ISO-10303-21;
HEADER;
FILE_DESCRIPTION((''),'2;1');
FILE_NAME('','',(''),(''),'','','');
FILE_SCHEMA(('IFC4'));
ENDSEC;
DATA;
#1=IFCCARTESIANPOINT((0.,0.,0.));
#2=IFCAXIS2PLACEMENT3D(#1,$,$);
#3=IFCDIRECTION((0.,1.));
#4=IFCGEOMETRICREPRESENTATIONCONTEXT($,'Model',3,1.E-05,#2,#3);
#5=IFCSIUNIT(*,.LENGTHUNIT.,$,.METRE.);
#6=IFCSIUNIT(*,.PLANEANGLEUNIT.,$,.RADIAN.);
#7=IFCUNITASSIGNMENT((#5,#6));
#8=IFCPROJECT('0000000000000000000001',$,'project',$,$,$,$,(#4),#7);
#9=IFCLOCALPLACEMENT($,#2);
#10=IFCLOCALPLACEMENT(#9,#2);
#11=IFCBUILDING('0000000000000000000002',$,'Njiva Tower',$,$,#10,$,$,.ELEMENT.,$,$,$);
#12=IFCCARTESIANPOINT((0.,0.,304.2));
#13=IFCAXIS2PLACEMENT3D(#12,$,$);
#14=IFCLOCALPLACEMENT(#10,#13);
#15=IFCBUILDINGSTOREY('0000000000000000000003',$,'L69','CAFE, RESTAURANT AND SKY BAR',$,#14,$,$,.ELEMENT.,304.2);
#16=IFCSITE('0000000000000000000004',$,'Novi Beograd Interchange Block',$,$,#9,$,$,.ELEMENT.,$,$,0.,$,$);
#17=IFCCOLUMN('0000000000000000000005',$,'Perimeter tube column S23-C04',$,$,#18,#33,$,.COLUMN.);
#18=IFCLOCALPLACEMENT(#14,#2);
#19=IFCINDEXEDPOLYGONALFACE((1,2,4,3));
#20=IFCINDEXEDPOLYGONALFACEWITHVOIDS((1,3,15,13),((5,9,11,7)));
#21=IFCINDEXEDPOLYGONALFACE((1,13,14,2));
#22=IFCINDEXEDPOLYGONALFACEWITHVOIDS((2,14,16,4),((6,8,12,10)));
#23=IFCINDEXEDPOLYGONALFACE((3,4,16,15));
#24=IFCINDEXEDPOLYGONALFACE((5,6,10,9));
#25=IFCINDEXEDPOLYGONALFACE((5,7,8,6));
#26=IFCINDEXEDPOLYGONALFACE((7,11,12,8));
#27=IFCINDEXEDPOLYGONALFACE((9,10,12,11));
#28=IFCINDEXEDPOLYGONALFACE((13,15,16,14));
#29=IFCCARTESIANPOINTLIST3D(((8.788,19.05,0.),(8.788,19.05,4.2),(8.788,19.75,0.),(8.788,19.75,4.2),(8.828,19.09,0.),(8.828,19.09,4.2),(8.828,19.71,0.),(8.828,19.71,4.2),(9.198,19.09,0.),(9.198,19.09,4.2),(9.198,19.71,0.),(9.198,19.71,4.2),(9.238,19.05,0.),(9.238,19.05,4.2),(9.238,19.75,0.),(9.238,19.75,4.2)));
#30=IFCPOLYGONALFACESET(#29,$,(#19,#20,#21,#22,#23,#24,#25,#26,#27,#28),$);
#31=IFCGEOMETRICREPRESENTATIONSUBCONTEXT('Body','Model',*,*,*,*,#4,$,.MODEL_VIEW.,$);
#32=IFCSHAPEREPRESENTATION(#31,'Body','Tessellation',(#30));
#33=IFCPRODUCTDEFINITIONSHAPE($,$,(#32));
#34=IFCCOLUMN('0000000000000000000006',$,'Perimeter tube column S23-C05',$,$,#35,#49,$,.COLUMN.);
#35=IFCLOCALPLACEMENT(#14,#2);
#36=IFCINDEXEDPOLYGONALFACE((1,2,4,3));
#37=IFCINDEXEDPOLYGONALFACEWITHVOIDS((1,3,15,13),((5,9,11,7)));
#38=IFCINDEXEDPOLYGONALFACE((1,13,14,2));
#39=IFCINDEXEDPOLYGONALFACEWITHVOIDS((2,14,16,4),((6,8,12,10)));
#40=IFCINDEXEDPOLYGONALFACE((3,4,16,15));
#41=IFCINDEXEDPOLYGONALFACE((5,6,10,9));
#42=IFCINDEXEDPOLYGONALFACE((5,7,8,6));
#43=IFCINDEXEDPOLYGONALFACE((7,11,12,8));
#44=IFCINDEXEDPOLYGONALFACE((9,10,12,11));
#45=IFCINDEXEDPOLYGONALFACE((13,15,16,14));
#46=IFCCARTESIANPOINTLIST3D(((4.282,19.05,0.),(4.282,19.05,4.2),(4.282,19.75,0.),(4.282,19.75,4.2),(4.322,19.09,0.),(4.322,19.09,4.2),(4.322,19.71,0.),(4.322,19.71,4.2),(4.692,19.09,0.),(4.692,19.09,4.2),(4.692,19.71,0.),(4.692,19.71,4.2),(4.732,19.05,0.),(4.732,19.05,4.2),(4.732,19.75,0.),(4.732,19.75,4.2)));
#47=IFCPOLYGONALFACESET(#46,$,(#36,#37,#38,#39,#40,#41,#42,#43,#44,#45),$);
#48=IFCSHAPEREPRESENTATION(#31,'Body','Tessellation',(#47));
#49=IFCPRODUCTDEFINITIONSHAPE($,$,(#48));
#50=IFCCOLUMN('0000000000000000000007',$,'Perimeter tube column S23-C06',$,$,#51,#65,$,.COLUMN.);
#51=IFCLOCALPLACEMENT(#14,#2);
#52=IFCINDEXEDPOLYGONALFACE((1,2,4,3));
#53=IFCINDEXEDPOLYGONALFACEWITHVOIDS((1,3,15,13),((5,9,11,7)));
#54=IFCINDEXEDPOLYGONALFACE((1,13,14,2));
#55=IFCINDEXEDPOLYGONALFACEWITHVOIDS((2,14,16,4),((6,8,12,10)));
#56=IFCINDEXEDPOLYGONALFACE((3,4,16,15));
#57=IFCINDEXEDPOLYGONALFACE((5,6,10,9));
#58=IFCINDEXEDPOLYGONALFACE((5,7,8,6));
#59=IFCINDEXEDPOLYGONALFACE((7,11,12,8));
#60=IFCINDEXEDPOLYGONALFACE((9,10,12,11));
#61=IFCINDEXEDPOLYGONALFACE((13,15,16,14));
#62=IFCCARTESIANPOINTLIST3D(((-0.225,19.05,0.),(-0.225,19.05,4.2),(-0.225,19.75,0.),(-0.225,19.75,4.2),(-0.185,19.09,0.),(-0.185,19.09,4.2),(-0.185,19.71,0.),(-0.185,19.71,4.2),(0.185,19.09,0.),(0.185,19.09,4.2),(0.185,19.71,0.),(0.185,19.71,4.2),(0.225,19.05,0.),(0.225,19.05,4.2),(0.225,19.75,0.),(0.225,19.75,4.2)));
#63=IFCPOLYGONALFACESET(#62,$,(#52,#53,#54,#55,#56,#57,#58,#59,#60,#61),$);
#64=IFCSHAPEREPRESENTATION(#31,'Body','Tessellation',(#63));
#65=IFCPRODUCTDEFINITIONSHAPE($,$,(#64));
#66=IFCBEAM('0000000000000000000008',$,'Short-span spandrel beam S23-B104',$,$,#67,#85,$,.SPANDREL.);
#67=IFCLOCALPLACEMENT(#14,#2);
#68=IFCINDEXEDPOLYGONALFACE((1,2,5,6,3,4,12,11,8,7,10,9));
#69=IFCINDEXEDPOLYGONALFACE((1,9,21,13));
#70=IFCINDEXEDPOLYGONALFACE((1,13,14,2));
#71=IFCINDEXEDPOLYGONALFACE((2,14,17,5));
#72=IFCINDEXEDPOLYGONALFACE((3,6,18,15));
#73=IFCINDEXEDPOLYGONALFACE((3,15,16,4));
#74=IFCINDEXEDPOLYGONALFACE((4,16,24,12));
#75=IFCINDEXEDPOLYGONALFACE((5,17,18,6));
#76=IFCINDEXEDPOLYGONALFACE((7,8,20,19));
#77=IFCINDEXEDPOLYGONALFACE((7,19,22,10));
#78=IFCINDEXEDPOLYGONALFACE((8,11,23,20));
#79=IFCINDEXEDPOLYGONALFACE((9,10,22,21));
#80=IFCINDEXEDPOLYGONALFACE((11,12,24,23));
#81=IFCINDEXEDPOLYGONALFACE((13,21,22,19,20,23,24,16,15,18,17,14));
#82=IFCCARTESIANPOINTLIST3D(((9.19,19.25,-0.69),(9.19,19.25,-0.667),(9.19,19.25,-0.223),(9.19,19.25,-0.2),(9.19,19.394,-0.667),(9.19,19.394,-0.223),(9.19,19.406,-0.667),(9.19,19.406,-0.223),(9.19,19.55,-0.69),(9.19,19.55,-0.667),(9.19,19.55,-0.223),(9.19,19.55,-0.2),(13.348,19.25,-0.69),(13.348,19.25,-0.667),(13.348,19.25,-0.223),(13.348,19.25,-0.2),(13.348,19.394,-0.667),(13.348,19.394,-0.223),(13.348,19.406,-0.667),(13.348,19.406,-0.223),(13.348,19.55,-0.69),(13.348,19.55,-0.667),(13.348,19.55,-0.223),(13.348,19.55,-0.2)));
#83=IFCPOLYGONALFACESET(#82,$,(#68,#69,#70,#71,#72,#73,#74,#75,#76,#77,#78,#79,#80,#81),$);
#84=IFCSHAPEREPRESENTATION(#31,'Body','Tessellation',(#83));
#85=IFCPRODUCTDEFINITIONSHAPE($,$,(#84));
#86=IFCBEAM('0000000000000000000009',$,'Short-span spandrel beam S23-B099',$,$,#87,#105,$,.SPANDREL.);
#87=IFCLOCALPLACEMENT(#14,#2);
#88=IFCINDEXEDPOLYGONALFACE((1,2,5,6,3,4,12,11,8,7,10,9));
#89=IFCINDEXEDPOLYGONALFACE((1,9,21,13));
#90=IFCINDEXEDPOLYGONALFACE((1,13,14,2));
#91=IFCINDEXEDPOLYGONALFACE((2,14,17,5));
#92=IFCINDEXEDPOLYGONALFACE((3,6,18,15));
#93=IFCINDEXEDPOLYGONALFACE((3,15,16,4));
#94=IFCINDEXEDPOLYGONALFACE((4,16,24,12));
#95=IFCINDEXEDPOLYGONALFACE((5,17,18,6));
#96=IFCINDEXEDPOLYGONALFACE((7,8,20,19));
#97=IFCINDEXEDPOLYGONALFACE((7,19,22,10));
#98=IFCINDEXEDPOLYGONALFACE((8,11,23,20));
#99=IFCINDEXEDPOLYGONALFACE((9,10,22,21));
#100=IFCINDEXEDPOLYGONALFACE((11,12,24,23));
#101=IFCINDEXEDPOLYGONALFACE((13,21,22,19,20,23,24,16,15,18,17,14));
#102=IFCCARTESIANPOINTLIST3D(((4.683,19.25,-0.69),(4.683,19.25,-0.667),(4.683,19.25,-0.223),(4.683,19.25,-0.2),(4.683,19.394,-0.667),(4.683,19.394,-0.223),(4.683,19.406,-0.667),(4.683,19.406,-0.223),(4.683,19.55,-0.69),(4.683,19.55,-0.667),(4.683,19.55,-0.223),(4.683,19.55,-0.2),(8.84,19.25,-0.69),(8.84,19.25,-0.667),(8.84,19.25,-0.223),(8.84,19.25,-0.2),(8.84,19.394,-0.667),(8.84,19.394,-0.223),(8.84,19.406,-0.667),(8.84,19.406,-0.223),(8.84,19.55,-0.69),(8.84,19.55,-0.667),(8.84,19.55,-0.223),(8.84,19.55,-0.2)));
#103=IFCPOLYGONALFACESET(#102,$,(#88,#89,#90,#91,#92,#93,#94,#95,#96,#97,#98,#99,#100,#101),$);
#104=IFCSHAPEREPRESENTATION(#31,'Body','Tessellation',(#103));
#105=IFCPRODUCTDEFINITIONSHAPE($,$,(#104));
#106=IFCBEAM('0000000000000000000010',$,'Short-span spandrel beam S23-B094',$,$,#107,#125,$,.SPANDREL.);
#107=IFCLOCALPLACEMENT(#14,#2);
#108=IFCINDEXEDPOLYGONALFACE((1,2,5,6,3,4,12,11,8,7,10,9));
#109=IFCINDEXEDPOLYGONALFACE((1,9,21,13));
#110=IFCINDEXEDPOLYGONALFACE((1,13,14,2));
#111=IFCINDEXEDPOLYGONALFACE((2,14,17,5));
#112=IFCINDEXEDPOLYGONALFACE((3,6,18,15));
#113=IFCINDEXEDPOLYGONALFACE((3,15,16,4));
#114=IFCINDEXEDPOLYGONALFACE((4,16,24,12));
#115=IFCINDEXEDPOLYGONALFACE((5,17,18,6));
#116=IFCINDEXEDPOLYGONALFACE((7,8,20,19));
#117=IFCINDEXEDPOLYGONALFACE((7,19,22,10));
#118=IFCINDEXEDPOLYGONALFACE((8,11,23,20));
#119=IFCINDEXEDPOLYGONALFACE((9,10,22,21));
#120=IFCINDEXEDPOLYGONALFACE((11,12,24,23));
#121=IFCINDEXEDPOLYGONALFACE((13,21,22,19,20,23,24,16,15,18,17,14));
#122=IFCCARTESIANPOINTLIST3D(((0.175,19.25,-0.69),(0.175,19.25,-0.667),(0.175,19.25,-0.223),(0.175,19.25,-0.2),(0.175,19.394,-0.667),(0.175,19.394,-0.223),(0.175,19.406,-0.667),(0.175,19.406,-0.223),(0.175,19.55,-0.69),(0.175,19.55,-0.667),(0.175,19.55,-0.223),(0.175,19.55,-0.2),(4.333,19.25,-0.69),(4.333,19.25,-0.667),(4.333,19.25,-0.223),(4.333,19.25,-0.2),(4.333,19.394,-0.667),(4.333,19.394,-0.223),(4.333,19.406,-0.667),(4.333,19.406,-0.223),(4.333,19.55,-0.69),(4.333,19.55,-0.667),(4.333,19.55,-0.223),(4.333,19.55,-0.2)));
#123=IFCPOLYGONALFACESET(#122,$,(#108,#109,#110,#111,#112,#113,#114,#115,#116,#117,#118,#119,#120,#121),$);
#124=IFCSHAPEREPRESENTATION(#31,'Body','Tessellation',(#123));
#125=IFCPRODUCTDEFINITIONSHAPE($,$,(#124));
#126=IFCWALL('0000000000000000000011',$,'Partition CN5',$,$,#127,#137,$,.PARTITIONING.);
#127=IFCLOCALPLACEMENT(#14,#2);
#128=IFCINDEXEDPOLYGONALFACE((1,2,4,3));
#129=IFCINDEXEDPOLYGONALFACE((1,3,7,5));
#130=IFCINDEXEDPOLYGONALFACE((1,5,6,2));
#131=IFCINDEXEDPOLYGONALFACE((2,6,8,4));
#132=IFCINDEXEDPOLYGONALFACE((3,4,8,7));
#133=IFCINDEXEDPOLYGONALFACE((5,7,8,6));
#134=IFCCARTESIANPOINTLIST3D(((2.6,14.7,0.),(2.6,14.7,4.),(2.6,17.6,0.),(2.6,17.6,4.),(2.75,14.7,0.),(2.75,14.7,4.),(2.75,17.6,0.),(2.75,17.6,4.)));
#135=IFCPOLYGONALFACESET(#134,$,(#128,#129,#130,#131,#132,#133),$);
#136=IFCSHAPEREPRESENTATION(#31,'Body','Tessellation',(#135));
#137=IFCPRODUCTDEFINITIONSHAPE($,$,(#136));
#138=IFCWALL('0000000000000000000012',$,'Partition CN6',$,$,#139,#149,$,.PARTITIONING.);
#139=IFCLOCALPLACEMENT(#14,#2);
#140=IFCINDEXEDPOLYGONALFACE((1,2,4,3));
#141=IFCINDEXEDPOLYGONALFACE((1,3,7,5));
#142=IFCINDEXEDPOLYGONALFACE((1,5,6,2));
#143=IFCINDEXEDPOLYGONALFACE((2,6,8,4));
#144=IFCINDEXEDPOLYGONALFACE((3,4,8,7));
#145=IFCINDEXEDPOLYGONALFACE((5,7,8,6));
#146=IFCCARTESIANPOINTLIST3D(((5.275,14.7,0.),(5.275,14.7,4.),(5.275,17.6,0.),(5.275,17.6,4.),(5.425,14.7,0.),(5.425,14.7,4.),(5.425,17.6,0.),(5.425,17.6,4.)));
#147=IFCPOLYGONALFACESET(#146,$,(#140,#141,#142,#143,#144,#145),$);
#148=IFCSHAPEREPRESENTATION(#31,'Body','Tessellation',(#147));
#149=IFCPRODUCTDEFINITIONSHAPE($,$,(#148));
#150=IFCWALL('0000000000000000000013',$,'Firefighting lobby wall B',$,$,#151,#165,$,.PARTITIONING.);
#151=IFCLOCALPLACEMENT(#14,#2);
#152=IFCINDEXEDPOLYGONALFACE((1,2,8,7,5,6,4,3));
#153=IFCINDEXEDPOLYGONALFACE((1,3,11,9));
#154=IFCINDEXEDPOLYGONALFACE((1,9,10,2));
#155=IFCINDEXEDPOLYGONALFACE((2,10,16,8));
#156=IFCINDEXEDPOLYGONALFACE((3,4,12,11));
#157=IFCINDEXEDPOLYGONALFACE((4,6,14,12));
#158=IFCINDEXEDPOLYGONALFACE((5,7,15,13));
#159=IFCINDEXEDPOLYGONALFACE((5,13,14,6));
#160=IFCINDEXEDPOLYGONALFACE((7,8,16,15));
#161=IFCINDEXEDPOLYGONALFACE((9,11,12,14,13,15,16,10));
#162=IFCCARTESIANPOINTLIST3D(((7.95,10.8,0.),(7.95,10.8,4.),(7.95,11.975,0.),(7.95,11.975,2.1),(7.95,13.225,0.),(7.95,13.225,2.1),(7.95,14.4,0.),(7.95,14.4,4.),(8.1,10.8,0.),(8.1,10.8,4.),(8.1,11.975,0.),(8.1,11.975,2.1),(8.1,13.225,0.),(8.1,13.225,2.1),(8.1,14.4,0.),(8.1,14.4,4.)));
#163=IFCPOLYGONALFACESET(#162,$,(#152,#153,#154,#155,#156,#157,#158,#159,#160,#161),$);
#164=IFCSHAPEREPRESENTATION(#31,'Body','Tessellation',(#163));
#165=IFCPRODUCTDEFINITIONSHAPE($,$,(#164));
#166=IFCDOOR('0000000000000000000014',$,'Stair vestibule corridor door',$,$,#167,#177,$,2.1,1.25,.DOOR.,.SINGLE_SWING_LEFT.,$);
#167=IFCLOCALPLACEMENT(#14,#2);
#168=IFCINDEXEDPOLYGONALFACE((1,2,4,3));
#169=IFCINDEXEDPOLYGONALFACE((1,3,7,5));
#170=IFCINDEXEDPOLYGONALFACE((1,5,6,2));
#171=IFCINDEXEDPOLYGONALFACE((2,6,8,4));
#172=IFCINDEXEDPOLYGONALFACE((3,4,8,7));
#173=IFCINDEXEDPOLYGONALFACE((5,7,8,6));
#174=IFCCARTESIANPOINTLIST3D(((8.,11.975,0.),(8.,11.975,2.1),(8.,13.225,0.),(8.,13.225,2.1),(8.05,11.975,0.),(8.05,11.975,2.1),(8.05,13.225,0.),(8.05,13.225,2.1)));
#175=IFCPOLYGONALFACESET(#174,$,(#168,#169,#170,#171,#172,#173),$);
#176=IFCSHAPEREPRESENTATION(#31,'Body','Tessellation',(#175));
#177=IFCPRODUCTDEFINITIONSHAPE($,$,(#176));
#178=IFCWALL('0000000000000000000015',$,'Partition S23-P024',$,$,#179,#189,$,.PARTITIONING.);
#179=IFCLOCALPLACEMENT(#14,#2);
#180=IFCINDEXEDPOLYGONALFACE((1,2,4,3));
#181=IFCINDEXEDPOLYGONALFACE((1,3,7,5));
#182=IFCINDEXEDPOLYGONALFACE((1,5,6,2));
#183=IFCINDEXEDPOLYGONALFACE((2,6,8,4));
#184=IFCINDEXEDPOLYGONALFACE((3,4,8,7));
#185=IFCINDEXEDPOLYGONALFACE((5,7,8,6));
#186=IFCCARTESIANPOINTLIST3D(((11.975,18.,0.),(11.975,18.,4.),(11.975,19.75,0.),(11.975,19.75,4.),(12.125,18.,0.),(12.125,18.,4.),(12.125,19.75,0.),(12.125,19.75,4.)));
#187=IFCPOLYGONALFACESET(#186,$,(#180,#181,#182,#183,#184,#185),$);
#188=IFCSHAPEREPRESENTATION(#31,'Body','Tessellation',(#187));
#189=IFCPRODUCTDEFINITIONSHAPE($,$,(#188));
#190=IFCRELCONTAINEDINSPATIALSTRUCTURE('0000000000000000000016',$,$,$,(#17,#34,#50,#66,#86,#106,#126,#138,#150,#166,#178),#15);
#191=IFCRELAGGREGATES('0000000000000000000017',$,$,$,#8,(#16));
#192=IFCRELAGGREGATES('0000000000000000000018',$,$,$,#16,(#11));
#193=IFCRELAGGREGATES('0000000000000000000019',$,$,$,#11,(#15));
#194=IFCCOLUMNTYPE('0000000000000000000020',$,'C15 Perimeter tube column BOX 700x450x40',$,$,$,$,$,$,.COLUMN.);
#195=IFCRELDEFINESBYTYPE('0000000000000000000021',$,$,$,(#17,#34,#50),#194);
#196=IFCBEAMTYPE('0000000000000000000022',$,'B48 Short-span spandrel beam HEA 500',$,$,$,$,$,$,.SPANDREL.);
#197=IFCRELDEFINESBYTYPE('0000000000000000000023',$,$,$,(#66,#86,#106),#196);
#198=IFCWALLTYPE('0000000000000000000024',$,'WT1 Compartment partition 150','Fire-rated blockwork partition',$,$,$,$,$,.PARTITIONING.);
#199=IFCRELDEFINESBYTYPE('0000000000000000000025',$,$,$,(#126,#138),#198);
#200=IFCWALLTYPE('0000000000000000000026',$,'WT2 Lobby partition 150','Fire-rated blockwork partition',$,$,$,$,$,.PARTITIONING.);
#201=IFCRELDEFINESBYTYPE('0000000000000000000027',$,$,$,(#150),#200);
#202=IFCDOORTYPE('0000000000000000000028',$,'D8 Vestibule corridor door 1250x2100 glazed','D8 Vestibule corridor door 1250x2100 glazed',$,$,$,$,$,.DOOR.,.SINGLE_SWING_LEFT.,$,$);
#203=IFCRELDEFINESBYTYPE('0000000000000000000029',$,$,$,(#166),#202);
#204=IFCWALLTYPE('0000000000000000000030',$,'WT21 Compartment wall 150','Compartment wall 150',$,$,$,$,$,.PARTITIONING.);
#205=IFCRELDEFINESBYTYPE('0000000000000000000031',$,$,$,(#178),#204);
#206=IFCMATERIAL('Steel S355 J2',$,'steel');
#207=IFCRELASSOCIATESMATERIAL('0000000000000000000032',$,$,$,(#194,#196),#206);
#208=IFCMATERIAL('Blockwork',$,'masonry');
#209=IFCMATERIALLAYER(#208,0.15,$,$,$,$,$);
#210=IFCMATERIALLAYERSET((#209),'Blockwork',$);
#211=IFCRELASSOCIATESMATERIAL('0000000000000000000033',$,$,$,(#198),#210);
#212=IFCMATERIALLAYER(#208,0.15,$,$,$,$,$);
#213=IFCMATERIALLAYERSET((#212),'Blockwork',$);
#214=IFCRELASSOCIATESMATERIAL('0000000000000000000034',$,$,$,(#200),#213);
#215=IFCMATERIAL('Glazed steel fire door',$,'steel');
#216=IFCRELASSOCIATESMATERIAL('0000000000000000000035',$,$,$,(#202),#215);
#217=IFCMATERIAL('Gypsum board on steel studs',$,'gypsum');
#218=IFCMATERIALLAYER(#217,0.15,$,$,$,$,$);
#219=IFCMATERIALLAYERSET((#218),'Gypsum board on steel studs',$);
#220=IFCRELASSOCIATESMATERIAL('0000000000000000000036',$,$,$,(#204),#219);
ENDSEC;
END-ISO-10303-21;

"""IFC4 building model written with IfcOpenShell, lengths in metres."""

from ifc_helpers import new_model, si_unit, direction, frame, frame_2d, origin, origin_2d, place, context, subcontext, project, spatial, rectangle, hollow_rectangle, i_section, extrude, material, layer, layer_set, material_profile, profile_set, type_object, element, fill, save


model = new_model("IFC4")

# Units and contexts
model_context = context("Model", 3, precision=1e-05, world=origin(), true_north=direction((0.0, 1.0)))
body_context = subcontext(model_context, "Body", "Model", "MODEL_VIEW")
ifc_project = project(units=[si_unit("LENGTHUNIT", "METRE"), si_unit("PLANEANGLEUNIT", "RADIAN")], contexts=[model_context])

# Site, building, storey
site_placement = place(None, origin())
site = spatial("IfcSite", under=ifc_project, at=site_placement, Name="Novi Beograd Interchange Block", CompositionType="ELEMENT", RefElevation=0.0)
building_placement = place(site_placement, origin())
building = spatial("IfcBuilding", under=site, at=building_placement, Name="Njiva Tower", CompositionType="ELEMENT")
storey_placement = place(building_placement, frame((0.0, 0.0, 304.2)))
storey = spatial("IfcBuildingStorey", under=building, at=storey_placement, Name="L69", Description="CAFE, RESTAURANT AND SKY BAR", CompositionType="ELEMENT", Elevation=304.2)

# Columns
ifc_material_1 = material(Name="Steel S355 J2", Category="steel")
ifc_material_profile_1 = material_profile(ifc_material_1, hollow_rectangle(XDim=0.45, YDim=0.7, WallThickness=0.04, at=origin_2d()), Name="BOX 700x450x40")
ifc_profile_set_1 = profile_set([ifc_material_profile_1], Name="Steel S355 J2")
column_type = type_object("IfcColumnType", Name="C15 Perimeter tube column BOX 700x450x40", PredefinedType="COLUMN", material=ifc_profile_set_1)
for number, where, z_axis, x_axis, name in (
    (1, (9.013, 19.4, 0.0), (0.0, 0.0, 1.0), (-1.0, 0.0, 0.0), "Perimeter tube column S23-C04"),
    (2, (4.507, 19.4, 0.0), (0.0, 0.0, 1.0), (-1.0, 0.0, 0.0), "Perimeter tube column S23-C05"),
    (3, (0.0, 19.4, 0.0), (0.0, 0.0, 1.0), (-1.0, 0.0, 0.0), "Perimeter tube column S23-C06"),
):
    element("IfcColumn", number, at=place(storey_placement, frame(where, z_axis=z_axis, x_axis=x_axis)), inside=storey, type_object=column_type, Name=name, PredefinedType="COLUMN", context=body_context, shape_type="SweptSolid", body=[
        extrude(hollow_rectangle(XDim=0.45, YDim=0.7, WallThickness=0.04, at=origin_2d()), origin(), (0.0, 0.0, 1.0), 4.2),
    ])

# Beams
ifc_material_profile_2 = material_profile(ifc_material_1, i_section(OverallWidth=0.3, OverallDepth=0.49, WebThickness=0.012, FlangeThickness=0.023, at=origin_2d()), Name="HEA 500")
ifc_profile_set_2 = profile_set([ifc_material_profile_2], Name="Steel S355 J2")
beam_type = type_object("IfcBeamType", Name="B48 Short-span spandrel beam HEA 500", PredefinedType="SPANDREL", material=ifc_profile_set_2)
beam_1_placement = place(storey_placement, frame((13.348, 19.4, -0.445), z_axis=(-1.0, 0.0, 0.0), x_axis=(0.0, -1.0, 0.0)))
element("IfcBeam", 4, at=beam_1_placement, inside=storey, type_object=beam_type, Name="Short-span spandrel beam S23-B104", PredefinedType="SPANDREL", context=body_context, shape_type="SweptSolid", body=[
    extrude(i_section(OverallWidth=0.3, OverallDepth=0.49, WebThickness=0.012, FlangeThickness=0.023, at=origin_2d()), origin(), (0.0, 0.0, 1.0), 4.158),
])
beam_2_placement = place(storey_placement, frame((8.84, 19.4, -0.445), z_axis=(-1.0, 0.0, 0.0), x_axis=(0.0, -1.0, 0.0)))
element("IfcBeam", 5, at=beam_2_placement, inside=storey, type_object=beam_type, Name="Short-span spandrel beam S23-B099", PredefinedType="SPANDREL", context=body_context, shape_type="SweptSolid", body=[
    extrude(i_section(OverallWidth=0.3, OverallDepth=0.49, WebThickness=0.012, FlangeThickness=0.023, at=origin_2d()), origin(), (0.0, 0.0, 1.0), 4.157),
])
beam_3_placement = place(storey_placement, frame((4.333, 19.4, -0.445), z_axis=(-1.0, 0.0, 0.0), x_axis=(0.0, -1.0, 0.0)))
element("IfcBeam", 6, at=beam_3_placement, inside=storey, type_object=beam_type, Name="Short-span spandrel beam S23-B094", PredefinedType="SPANDREL", context=body_context, shape_type="SweptSolid", body=[
    extrude(i_section(OverallWidth=0.3, OverallDepth=0.49, WebThickness=0.012, FlangeThickness=0.023, at=origin_2d()), origin(), (0.0, 0.0, 1.0), 4.158),
])

# Walls
ifc_material_2 = material(Name="Blockwork", Category="masonry")
ifc_layer_1 = layer(ifc_material_2, 0.15)
ifc_layer_set_1 = layer_set([ifc_layer_1], Name="Blockwork")
wall_type_1 = type_object("IfcWallType", Name="WT1 Compartment partition 150", Description="Fire-rated blockwork partition", PredefinedType="PARTITIONING", material=ifc_layer_set_1)
for number, where, z_axis, x_axis, name in (
    (7, (2.675, 14.7, 0.0), (0.0, 0.0, 1.0), (0.0, 1.0, 0.0), "Partition CN5"),
    (8, (5.35, 14.7, 0.0), (0.0, 0.0, 1.0), (0.0, 1.0, 0.0), "Partition CN6"),
):
    element("IfcWall", number, at=place(storey_placement, frame(where, z_axis=z_axis, x_axis=x_axis)), inside=storey, type_object=wall_type_1, Name=name, PredefinedType="PARTITIONING", context=body_context, shape_type="SweptSolid", body=[
        extrude(rectangle(XDim=2.9, YDim=0.15, at=frame_2d((1.45, 0.0))), origin(), (0.0, 0.0, 1.0), 4.0),
    ])

# Wall, opening, door
ifc_layer_2 = layer(ifc_material_2, 0.15)
ifc_layer_set_2 = layer_set([ifc_layer_2], Name="Blockwork")
wall_type_2 = type_object("IfcWallType", Name="WT2 Lobby partition 150", Description="Fire-rated blockwork partition", PredefinedType="PARTITIONING", material=ifc_layer_set_2)
wall_1_placement = place(storey_placement, frame((8.025, 10.8, 0.0), z_axis=(0.0, 0.0, 1.0), x_axis=(0.0, 1.0, 0.0)))
wall_1 = element("IfcWall", 9, at=wall_1_placement, inside=storey, type_object=wall_type_2, Name="Firefighting lobby wall B", PredefinedType="PARTITIONING", context=body_context, shape_type="SweptSolid", body=[
    extrude(rectangle(XDim=3.6, YDim=0.15, at=frame_2d((1.8, 0.0))), origin(), (0.0, 0.0, 1.0), 4.0),
])
opening_placement = place(wall_1_placement, frame((1.175, 0.0, 0.0)))
opening = element("IfcOpeningElement", 10, at=opening_placement, cuts=wall_1, PredefinedType="OPENING", context=body_context, shape_type="SweptSolid", body=[
    extrude(rectangle(XDim=1.25, YDim=2.1, at=frame_2d((0.625, 1.05))), frame((0.0, 0.085, 0.0), z_axis=(0.0, -1.0, 0.0), x_axis=(1.0, 0.0, 0.0)), (0.0, 0.0, 1.0), 0.17),
])
ifc_material_3 = material(Name="Glazed steel fire door", Category="steel")
door_type = type_object("IfcDoorType", Name="D8 Vestibule corridor door 1250x2100 glazed", Description="D8 Vestibule corridor door 1250x2100 glazed", OperationType="SINGLE_SWING_LEFT", PredefinedType="DOOR", material=ifc_material_3)
door_placement = place(opening_placement, origin())
door = element("IfcDoor", 11, at=door_placement, inside=storey, type_object=door_type, Name="Stair vestibule corridor door", OperationType="SINGLE_SWING_LEFT", OverallHeight=2.1, OverallWidth=1.25, PredefinedType="DOOR", context=body_context, shape_type="SweptSolid", body=[
    extrude(rectangle(XDim=1.25, YDim=2.1, at=frame_2d((0.625, 1.05))), frame((0.0, 0.025, 0.0), z_axis=(0.0, -1.0, 0.0), x_axis=(1.0, 0.0, 0.0)), (0.0, 0.0, 1.0), 0.05),
])
fill(opening, door)

# Wall
ifc_material_4 = material(Name="Gypsum board on steel studs", Category="gypsum")
ifc_layer_3 = layer(ifc_material_4, 0.15)
ifc_layer_set_3 = layer_set([ifc_layer_3], Name="Gypsum board on steel studs")
wall_type_3 = type_object("IfcWallType", Name="WT21 Compartment wall 150", Description="Compartment wall 150", PredefinedType="PARTITIONING", material=ifc_layer_set_3)
wall_2_placement = place(storey_placement, frame((12.05, 18.0, 0.0), z_axis=(0.0, 0.0, 1.0), x_axis=(0.0, 1.0, 0.0)))
element("IfcWall", 12, at=wall_2_placement, inside=storey, type_object=wall_type_3, Name="Partition S23-P024", PredefinedType="PARTITIONING", context=body_context, shape_type="SweptSolid", body=[
    extrude(rectangle(XDim=1.75, YDim=0.15, at=frame_2d((0.875, 0.0))), origin(), (0.0, 0.0, 1.0), 4.0),
])

save(model, "model.ifc")
